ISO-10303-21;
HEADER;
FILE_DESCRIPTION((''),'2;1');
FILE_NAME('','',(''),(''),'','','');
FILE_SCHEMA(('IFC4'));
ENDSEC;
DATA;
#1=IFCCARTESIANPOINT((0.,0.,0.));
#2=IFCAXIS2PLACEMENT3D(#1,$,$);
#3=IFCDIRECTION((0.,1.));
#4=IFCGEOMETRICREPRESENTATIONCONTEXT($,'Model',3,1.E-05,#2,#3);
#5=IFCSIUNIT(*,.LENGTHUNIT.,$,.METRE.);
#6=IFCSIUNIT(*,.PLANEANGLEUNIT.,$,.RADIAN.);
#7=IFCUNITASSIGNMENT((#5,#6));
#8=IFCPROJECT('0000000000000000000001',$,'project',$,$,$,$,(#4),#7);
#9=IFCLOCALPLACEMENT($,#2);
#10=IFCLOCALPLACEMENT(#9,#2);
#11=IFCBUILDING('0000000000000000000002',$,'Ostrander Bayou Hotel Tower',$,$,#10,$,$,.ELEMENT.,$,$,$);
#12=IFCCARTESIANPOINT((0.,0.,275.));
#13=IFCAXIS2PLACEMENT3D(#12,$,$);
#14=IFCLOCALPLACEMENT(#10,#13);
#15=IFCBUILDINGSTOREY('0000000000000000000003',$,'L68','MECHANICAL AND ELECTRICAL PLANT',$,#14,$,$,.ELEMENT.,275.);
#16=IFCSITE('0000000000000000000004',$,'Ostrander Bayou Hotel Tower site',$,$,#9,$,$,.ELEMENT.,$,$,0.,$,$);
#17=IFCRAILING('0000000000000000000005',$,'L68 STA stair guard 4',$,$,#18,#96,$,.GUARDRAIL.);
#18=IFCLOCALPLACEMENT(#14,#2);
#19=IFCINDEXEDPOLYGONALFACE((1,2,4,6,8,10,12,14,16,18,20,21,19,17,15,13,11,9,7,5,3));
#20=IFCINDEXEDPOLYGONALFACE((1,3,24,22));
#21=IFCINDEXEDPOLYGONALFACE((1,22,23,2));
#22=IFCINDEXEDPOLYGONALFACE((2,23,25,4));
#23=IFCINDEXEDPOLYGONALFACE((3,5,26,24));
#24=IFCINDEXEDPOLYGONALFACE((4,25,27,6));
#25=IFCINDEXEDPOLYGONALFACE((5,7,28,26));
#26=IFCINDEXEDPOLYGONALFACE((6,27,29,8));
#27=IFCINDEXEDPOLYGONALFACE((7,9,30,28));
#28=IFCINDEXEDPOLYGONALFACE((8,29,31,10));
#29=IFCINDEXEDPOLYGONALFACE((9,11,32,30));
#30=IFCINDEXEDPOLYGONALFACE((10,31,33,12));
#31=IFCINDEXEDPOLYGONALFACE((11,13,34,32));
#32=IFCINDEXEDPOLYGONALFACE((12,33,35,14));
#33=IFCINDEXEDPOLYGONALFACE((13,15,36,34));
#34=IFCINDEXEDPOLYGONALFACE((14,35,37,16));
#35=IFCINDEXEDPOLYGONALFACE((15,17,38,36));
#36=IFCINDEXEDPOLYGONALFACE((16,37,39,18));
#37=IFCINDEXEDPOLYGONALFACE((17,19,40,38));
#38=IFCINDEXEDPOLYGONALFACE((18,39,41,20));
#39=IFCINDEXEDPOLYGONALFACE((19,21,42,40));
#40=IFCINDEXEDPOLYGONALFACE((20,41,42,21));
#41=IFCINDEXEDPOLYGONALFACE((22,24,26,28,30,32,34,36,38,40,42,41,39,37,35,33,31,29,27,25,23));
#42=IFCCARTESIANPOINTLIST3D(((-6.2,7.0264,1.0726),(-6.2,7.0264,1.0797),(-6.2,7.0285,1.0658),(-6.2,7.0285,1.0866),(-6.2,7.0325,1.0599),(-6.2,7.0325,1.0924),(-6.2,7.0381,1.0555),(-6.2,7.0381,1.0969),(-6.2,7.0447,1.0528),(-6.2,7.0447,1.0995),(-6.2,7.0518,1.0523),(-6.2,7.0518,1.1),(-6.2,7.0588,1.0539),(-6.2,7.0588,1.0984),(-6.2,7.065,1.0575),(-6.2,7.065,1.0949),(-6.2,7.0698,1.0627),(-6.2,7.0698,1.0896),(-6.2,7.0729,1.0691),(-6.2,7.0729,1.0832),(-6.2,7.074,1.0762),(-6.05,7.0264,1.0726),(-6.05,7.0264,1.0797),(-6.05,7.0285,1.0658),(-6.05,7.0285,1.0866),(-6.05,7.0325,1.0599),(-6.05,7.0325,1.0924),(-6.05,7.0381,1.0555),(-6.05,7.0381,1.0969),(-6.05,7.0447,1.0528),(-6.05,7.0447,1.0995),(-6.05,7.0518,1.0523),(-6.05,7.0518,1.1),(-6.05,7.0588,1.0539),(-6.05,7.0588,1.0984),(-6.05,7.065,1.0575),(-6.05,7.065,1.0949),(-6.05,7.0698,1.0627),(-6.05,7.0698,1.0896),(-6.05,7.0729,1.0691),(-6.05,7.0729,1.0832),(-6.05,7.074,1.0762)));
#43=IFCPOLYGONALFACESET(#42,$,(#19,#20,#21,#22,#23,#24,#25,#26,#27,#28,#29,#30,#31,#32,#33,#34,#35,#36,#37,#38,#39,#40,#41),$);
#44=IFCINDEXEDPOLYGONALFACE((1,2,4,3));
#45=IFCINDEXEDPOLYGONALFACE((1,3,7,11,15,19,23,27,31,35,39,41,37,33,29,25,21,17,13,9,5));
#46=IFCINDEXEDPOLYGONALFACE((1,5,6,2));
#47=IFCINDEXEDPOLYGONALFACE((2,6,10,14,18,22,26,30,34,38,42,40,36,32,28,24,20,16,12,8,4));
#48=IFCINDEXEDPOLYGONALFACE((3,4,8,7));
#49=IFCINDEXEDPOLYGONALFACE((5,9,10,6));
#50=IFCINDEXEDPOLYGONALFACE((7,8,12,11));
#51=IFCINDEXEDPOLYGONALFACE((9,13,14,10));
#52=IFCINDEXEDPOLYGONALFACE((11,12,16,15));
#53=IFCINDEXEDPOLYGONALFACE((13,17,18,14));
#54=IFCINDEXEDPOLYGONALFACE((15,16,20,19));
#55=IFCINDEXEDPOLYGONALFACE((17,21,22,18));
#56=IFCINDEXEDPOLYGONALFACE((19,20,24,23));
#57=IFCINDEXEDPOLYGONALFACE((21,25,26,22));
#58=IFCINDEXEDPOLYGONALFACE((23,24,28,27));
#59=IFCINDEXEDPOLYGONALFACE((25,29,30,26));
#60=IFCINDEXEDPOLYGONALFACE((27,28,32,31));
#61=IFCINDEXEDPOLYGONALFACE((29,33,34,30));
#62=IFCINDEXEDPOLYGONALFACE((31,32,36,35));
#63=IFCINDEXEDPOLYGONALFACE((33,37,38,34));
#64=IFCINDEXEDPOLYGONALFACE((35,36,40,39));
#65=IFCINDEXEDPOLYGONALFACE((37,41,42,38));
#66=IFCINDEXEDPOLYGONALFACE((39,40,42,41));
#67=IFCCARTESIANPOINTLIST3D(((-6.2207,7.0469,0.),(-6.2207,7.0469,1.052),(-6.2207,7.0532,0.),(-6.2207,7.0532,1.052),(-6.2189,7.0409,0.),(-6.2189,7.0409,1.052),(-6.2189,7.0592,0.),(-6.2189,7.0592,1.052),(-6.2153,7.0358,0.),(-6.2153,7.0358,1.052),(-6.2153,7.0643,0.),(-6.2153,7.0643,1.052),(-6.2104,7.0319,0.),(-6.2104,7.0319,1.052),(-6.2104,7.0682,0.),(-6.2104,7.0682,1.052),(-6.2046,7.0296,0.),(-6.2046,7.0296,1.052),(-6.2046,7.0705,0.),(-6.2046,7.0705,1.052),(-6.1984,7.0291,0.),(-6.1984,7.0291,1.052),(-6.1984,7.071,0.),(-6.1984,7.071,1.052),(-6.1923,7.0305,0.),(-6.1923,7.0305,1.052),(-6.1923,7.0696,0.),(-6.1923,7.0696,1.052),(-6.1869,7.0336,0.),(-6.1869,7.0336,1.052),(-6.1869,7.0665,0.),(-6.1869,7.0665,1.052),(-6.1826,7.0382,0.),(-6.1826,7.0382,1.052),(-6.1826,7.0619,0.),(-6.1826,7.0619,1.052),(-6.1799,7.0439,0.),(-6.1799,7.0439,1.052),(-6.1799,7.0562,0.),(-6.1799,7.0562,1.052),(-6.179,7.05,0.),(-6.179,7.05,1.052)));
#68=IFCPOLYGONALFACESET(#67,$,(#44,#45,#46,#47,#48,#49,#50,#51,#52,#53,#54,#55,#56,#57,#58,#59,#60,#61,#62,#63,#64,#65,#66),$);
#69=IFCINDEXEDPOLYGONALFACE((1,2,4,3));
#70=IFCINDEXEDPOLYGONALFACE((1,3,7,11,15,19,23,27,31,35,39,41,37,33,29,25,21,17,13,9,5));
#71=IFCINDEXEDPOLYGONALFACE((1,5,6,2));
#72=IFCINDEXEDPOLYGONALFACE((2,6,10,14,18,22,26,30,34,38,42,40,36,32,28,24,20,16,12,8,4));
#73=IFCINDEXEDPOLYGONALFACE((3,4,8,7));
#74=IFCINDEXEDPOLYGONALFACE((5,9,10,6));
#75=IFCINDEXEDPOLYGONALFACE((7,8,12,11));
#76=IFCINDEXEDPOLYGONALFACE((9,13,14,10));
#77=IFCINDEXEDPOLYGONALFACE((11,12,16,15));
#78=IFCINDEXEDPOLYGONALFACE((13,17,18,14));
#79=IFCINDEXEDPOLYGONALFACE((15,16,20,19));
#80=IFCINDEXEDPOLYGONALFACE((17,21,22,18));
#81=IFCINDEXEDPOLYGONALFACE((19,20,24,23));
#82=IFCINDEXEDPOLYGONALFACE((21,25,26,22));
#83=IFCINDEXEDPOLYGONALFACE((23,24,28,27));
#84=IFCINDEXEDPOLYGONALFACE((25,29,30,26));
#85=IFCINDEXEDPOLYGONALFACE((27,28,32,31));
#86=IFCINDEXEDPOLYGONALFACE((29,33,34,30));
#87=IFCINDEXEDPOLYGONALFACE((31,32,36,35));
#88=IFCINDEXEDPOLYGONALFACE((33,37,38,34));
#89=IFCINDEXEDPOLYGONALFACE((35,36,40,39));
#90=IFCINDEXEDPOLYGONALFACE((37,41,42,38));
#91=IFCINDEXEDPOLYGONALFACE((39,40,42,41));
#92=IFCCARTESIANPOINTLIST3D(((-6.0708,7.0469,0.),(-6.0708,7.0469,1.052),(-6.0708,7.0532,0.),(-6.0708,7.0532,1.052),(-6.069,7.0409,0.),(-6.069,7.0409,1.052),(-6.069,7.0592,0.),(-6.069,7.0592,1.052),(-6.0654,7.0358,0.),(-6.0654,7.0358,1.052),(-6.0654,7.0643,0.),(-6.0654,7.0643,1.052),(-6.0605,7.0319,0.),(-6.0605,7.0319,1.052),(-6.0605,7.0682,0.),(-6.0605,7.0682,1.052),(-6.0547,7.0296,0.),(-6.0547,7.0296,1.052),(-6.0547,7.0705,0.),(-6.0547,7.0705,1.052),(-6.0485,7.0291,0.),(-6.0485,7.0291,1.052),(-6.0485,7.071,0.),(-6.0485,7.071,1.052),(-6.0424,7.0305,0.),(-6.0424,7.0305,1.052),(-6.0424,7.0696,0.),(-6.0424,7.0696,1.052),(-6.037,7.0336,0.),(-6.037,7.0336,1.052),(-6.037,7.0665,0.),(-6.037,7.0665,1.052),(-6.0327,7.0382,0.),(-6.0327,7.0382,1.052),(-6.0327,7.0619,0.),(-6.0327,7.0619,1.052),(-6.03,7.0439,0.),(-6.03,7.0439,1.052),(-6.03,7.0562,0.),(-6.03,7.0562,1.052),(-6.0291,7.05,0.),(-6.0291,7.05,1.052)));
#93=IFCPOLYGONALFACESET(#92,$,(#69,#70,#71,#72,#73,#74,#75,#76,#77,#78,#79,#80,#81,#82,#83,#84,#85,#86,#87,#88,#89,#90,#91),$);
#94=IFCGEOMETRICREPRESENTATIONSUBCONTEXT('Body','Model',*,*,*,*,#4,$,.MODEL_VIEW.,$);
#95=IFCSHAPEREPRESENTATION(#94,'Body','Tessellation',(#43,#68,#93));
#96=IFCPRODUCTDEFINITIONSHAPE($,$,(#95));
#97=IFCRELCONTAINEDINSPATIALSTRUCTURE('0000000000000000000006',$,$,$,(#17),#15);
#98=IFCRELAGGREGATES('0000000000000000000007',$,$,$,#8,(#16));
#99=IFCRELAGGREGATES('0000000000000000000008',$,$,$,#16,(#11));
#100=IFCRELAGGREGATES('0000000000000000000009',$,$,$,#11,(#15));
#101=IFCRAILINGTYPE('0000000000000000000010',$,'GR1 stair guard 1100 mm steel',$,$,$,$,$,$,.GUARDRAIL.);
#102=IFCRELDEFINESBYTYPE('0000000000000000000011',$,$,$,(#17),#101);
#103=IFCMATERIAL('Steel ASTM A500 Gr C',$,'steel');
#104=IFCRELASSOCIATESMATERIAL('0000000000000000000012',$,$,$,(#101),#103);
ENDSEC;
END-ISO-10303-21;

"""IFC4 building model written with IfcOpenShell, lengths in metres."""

from ifc_helpers import new_model, si_unit, direction, frame, origin, origin_2d, place, context, subcontext, project, spatial, circle, extrude, material, type_object, element, save


model = new_model("IFC4")

# Units and contexts
model_context = context("Model", 3, precision=1e-05, world=origin(), true_north=direction((0.0, 1.0)))
body_context = subcontext(model_context, "Body", "Model", "MODEL_VIEW")
ifc_project = project(units=[si_unit("LENGTHUNIT", "METRE"), si_unit("PLANEANGLEUNIT", "RADIAN")], contexts=[model_context])

# Site, building, storey
site_placement = place(None, origin())
site = spatial("IfcSite", under=ifc_project, at=site_placement, Name="Ostrander Bayou Hotel Tower site", CompositionType="ELEMENT", RefElevation=0.0)
building_placement = place(site_placement, origin())
building = spatial("IfcBuilding", under=site, at=building_placement, Name="Ostrander Bayou Hotel Tower", CompositionType="ELEMENT")
storey_placement = place(building_placement, frame((0.0, 0.0, 275.0)))
storey = spatial("IfcBuildingStorey", under=building, at=storey_placement, Name="L68", Description="MECHANICAL AND ELECTRICAL PLANT", CompositionType="ELEMENT", Elevation=275.0)

# Railing
ifc_material_1 = material(Name="Steel ASTM A500 Gr C", Category="steel")
railing_type_1 = type_object("IfcRailingType", Name="GR1 stair guard 1100 mm steel", PredefinedType="GUARDRAIL", material=ifc_material_1)
railing_1_placement = place(storey_placement, frame((-6.2, 7.05, 0.0)))
element("IfcRailing", 1, at=railing_1_placement, inside=storey, type_object=railing_type_1, Name="L68 STA stair guard 4", PredefinedType="GUARDRAIL", context=body_context, shape_type="SweptSolid", body=[
    extrude(circle(Radius=0.0239, at=origin_2d()), frame((0.0, 0.0, 1.0762), z_axis=(1.0, 0.0, 0.0), x_axis=(0.0, 1.0, 0.0)), (0.0, 0.0, 1.0), 0.1499),
    extrude(circle(Radius=0.021, at=origin_2d()), origin(), (0.0, 0.0, 1.0), 1.052),
    extrude(circle(Radius=0.021, at=origin_2d()), frame((0.1499, 0.0, 0.0)), (0.0, 0.0, 1.0), 1.052),
])

save(model, "model.ifc")
